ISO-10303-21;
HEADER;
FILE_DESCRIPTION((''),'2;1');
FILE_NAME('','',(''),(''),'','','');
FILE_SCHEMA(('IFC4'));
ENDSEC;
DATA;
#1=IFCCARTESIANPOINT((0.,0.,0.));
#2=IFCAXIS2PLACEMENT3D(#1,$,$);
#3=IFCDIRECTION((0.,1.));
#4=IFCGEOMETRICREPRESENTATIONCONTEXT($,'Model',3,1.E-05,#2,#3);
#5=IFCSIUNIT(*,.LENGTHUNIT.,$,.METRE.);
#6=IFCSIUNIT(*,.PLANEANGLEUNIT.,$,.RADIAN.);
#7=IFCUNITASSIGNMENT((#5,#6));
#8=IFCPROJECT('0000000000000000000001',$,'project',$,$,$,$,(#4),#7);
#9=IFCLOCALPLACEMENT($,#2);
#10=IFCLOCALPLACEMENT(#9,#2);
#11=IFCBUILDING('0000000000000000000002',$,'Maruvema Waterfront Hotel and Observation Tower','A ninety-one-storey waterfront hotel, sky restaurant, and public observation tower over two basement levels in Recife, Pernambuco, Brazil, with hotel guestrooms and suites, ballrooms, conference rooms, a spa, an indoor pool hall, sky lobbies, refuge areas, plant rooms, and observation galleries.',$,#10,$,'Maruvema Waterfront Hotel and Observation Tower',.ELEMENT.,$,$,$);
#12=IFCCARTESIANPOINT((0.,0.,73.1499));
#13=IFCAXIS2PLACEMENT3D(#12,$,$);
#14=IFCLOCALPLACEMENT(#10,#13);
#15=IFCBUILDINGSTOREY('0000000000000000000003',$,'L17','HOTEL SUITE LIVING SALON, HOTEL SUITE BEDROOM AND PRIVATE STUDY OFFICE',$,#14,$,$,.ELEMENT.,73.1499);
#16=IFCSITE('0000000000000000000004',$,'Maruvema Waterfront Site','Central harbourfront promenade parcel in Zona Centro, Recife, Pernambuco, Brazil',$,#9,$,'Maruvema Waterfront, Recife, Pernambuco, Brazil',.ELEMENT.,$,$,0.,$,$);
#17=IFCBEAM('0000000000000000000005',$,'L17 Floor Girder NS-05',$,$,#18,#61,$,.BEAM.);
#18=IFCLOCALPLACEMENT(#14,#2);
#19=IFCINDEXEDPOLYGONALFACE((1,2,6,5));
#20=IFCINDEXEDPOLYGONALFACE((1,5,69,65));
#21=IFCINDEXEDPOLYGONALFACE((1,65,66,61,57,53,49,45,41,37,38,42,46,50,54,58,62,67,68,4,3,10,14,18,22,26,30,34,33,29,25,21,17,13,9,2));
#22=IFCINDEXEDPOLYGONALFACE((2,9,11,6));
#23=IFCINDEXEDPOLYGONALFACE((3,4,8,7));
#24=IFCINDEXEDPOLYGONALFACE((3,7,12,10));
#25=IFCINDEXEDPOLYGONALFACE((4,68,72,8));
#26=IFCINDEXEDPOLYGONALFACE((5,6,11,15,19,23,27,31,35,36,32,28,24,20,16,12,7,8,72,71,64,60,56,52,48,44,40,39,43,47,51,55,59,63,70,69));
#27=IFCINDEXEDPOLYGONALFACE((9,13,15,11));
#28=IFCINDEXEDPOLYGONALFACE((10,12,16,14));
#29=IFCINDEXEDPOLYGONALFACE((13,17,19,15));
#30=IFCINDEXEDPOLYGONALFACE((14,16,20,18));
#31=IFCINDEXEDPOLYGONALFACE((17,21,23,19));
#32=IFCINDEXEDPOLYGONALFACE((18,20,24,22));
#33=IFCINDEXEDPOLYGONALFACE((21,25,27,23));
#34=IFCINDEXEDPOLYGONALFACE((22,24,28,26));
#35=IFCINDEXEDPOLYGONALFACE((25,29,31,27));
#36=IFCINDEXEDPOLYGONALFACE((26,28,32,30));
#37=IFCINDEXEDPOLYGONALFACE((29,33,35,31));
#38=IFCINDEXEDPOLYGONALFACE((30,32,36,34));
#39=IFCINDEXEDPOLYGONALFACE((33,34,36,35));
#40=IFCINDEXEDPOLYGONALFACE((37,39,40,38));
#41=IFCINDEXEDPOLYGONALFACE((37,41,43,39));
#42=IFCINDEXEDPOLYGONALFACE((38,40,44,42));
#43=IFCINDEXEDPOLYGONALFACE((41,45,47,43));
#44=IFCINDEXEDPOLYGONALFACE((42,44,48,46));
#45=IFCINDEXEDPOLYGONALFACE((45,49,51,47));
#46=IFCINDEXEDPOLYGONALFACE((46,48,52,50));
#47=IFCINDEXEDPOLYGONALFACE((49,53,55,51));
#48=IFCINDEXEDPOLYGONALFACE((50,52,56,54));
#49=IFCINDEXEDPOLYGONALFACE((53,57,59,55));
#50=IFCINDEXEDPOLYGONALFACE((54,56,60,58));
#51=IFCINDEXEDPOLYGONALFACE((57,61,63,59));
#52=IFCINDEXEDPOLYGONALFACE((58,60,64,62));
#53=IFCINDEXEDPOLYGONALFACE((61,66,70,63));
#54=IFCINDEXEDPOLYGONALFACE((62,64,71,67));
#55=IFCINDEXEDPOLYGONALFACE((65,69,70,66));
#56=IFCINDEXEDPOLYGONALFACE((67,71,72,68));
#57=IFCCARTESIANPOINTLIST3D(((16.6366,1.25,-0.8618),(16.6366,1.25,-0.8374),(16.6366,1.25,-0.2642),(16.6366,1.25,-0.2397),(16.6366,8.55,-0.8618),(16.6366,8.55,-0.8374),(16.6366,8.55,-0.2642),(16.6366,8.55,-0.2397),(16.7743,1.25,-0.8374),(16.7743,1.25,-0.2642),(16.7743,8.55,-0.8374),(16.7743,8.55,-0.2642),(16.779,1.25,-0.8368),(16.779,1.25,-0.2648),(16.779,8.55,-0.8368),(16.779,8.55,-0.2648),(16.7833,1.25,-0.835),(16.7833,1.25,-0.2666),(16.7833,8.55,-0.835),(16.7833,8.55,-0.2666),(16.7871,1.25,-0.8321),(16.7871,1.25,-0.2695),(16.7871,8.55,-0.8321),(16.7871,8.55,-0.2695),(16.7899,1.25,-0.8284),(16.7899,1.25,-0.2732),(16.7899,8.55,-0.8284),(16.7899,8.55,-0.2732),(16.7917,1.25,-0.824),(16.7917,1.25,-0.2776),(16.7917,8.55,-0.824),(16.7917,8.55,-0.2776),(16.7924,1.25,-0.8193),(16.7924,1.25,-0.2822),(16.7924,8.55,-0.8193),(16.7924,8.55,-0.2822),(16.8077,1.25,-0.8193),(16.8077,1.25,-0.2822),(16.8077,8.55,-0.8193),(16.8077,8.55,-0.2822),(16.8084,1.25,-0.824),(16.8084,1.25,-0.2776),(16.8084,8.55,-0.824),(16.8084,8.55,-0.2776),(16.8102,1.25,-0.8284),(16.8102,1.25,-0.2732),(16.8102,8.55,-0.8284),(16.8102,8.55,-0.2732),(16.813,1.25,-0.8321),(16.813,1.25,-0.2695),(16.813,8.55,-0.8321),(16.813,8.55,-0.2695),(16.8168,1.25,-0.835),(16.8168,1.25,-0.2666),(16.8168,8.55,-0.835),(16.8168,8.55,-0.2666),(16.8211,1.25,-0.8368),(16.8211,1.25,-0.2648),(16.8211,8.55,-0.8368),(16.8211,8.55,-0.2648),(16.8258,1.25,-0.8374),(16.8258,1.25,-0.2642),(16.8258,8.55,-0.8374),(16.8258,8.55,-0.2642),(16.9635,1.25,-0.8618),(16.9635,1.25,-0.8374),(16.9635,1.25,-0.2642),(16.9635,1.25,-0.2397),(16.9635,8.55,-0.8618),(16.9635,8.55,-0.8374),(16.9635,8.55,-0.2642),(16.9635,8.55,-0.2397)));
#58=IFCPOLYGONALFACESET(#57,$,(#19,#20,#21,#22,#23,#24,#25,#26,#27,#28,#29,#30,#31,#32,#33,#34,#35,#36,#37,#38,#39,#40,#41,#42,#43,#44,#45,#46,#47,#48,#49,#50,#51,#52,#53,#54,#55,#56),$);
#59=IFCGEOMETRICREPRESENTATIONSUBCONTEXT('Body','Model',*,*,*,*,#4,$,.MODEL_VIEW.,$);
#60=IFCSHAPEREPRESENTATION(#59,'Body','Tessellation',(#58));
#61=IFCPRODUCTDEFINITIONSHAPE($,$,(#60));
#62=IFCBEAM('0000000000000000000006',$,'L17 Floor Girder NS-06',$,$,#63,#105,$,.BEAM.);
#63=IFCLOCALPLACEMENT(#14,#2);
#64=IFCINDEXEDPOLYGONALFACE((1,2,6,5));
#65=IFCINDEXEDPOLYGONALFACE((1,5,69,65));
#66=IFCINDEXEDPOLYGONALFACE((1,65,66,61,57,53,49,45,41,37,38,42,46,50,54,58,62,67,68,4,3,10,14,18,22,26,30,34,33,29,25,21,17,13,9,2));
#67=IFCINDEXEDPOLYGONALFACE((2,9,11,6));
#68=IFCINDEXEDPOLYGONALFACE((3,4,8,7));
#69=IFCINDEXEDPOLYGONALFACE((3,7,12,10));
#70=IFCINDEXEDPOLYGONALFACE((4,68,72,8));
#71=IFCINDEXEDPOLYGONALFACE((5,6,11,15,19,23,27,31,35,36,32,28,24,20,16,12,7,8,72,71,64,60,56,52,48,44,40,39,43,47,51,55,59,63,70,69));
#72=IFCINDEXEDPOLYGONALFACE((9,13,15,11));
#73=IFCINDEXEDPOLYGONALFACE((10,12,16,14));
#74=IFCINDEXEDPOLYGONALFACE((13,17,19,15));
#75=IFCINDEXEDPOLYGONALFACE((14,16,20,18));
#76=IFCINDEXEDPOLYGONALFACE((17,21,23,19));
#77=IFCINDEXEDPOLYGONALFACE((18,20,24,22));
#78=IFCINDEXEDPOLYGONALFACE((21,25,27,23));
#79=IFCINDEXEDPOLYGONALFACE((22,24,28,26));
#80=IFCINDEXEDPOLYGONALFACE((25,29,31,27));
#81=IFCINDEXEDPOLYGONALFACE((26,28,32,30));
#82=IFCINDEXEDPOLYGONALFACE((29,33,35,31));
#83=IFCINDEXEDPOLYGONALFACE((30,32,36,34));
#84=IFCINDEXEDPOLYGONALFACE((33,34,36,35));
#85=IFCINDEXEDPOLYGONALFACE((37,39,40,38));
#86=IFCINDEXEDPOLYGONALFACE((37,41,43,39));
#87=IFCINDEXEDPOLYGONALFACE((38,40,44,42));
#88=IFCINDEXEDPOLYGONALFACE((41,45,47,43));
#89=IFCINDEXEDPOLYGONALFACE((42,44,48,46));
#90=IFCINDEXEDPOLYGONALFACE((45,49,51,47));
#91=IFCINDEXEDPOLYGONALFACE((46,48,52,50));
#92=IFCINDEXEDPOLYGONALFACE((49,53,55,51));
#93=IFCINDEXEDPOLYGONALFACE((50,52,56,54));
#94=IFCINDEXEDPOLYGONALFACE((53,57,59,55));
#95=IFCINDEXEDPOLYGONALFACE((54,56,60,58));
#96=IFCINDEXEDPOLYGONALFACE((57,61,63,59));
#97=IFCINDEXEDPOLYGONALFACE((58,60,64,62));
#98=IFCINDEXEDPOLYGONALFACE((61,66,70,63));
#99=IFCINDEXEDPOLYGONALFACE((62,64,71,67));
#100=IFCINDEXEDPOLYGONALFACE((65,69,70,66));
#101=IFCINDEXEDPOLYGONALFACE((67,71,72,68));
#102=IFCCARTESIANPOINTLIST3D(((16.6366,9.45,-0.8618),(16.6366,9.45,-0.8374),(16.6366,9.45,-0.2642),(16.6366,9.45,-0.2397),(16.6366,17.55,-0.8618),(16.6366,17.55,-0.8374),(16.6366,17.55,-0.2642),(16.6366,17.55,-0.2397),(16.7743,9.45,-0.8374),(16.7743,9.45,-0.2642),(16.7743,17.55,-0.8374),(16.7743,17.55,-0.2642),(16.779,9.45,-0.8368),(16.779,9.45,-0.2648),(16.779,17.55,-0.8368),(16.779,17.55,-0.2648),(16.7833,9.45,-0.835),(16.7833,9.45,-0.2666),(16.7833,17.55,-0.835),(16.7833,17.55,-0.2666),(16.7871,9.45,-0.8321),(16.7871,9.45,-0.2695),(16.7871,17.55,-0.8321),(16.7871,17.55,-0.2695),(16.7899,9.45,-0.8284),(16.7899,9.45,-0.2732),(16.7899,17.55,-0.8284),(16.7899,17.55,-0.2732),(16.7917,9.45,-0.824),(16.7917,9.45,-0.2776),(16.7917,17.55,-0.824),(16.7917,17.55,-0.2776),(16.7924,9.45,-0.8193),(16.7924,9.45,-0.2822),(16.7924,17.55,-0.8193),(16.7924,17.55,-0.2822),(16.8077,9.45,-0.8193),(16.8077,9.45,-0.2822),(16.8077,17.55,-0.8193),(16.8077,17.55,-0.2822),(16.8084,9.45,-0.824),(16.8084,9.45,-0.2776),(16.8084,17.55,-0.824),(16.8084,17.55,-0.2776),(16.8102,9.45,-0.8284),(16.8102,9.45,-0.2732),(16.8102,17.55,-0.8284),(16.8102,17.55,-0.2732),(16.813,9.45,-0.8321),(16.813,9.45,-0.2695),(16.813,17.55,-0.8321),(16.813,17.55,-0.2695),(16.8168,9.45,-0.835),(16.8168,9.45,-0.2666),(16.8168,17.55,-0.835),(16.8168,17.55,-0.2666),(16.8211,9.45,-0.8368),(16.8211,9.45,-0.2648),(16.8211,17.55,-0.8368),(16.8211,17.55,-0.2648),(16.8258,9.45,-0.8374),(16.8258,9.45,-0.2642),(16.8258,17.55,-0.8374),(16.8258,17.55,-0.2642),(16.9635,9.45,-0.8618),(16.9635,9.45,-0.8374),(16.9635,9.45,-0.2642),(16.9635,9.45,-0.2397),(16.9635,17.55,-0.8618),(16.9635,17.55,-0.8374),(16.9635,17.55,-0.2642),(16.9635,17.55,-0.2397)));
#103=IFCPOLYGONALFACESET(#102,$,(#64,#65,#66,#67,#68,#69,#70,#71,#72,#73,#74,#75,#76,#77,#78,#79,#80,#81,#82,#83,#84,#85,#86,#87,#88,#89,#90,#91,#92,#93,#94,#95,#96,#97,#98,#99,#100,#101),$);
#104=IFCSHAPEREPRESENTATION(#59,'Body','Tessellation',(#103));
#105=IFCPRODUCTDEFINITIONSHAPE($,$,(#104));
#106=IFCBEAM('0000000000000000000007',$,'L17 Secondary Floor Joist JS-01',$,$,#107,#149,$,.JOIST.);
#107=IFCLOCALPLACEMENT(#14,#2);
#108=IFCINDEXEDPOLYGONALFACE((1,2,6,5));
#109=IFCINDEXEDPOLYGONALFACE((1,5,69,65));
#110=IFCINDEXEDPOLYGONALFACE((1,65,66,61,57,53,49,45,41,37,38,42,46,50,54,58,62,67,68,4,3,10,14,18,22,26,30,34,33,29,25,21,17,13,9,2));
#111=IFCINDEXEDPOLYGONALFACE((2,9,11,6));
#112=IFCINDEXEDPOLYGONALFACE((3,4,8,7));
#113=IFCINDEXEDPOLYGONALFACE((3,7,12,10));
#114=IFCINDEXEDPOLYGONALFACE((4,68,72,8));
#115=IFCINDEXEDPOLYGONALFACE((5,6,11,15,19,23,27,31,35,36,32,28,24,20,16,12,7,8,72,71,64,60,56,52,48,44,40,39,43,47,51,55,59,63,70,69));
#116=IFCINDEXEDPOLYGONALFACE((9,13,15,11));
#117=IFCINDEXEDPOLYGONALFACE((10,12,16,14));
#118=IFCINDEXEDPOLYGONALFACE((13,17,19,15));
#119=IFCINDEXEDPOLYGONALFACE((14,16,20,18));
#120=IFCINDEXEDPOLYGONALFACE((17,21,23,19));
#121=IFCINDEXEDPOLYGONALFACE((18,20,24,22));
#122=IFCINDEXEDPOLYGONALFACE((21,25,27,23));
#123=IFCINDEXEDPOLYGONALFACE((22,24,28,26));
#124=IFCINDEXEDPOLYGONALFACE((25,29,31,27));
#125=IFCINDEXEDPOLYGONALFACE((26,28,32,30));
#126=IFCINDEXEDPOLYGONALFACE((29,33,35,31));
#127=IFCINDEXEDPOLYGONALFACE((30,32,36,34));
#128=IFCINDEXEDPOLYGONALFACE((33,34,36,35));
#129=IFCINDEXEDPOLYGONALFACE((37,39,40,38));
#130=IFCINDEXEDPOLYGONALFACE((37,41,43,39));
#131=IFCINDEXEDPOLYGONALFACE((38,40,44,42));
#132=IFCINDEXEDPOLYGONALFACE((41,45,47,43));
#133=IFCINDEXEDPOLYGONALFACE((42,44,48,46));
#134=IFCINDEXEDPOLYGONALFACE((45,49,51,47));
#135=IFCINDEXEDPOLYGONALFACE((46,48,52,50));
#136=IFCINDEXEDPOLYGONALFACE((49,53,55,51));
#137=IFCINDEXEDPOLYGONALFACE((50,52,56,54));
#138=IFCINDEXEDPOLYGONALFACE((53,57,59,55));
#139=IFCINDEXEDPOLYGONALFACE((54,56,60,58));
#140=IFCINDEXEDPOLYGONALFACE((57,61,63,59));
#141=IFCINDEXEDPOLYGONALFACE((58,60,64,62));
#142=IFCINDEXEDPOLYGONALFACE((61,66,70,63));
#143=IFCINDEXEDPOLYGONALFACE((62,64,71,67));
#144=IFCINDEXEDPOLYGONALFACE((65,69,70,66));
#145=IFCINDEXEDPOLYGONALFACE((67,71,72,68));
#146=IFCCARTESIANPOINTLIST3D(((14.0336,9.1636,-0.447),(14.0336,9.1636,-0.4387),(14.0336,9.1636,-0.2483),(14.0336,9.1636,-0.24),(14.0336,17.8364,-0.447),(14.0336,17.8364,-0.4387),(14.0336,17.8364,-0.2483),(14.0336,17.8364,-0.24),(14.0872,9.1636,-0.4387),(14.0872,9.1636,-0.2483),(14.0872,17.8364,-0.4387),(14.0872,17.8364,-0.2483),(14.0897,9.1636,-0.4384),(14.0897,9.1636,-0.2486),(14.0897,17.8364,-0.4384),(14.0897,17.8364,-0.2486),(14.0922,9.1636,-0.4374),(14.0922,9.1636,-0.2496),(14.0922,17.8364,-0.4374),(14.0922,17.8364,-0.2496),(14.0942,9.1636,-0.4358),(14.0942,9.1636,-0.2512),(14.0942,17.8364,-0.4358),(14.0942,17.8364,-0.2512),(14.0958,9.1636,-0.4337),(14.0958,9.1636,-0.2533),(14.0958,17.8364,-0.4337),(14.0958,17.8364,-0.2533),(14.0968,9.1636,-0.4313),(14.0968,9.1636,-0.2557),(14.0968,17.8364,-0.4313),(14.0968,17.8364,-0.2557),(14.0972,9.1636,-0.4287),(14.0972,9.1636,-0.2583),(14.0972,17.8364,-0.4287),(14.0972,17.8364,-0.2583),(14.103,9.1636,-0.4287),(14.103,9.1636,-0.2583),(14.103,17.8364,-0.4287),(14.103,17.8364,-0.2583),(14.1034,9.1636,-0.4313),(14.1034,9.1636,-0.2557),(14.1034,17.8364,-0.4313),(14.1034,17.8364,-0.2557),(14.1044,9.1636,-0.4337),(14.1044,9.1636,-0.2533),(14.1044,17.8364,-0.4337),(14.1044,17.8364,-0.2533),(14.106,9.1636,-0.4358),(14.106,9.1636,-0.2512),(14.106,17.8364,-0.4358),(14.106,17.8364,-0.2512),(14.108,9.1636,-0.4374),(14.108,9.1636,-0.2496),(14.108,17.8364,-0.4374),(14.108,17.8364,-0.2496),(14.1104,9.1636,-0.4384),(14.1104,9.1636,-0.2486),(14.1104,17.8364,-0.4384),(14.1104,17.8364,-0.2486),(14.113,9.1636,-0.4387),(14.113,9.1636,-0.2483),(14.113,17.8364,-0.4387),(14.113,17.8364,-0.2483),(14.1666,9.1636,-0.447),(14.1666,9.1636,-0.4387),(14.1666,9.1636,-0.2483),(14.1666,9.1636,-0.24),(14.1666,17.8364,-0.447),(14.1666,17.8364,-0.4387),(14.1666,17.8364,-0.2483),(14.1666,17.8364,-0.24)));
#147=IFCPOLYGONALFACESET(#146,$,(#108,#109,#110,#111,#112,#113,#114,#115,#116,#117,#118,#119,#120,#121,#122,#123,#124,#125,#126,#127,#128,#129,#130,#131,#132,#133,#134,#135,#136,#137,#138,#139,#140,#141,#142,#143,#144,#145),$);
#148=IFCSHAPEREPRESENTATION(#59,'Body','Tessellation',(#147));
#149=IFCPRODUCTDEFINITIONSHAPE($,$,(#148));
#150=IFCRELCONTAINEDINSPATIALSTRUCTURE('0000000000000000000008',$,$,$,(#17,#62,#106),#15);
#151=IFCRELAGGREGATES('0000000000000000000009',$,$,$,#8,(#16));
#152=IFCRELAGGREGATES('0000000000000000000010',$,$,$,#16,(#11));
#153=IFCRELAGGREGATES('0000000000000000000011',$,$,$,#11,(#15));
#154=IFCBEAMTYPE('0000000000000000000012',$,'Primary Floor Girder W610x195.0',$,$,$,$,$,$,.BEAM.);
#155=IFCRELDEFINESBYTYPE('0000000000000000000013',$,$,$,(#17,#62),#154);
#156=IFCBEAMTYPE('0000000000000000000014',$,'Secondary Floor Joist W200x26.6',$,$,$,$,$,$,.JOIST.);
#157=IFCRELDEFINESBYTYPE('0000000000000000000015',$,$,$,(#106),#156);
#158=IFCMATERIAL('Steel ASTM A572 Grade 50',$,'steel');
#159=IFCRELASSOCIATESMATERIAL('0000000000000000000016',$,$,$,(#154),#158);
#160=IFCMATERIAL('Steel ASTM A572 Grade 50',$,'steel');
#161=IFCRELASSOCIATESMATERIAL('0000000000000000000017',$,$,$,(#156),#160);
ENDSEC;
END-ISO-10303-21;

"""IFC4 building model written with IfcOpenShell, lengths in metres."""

from ifc_helpers import new_model, si_unit, direction, frame, origin, origin_2d, place, context, subcontext, project, spatial, i_section, extrude, material, material_profile, profile_set, type_object, element, save


model = new_model("IFC4")

# Units and contexts
model_context = context("Model", 3, precision=1e-05, world=origin(), true_north=direction((0.0, 1.0)))
body_context = subcontext(model_context, "Body", "Model", "MODEL_VIEW")
ifc_project = project(units=[si_unit("LENGTHUNIT", "METRE"), si_unit("PLANEANGLEUNIT", "RADIAN")], contexts=[model_context])

# Site, building, storey
site_placement = place(None, origin())
site = spatial("IfcSite", under=ifc_project, at=site_placement, Name="Maruvema Waterfront Site", Description="Central harbourfront promenade parcel in Zona Centro, Recife, Pernambuco, Brazil", LongName="Maruvema Waterfront, Recife, Pernambuco, Brazil", CompositionType="ELEMENT", RefElevation=0.0)
building_placement = place(site_placement, origin())
building = spatial("IfcBuilding", under=site, at=building_placement, Name="Maruvema Waterfront Hotel and Observation Tower", Description="A ninety-one-storey waterfront hotel, sky restaurant, and public observation tower over two basement levels in Recife, Pernambuco, Brazil, with hotel guestrooms and suites, ballrooms, conference rooms, a spa, an indoor pool hall, sky lobbies, refuge areas, plant rooms, and observation galleries.", LongName="Maruvema Waterfront Hotel and Observation Tower", CompositionType="ELEMENT")
storey_placement = place(building_placement, frame((0.0, 0.0, 73.1499)))
storey = spatial("IfcBuildingStorey", under=building, at=storey_placement, Name="L17", Description="HOTEL SUITE LIVING SALON, HOTEL SUITE BEDROOM AND PRIVATE STUDY OFFICE", CompositionType="ELEMENT", Elevation=73.1499)

# Beams
ifc_material_1 = material(Name="Steel ASTM A572 Grade 50", Category="steel")
ifc_material_profile_1 = material_profile(ifc_material_1, i_section(OverallWidth=0.3269, OverallDepth=0.6221, WebThickness=0.0154, FlangeThickness=0.0244, FilletRadius=0.0181, at=origin_2d()), Name="W610x195.0")
ifc_profile_set_1 = profile_set([ifc_material_profile_1], Name="Steel ASTM A572 Grade 50")
beam_type_1 = type_object("IfcBeamType", Name="Primary Floor Girder W610x195.0", PredefinedType="BEAM", material=ifc_profile_set_1)
beam_1_placement = place(storey_placement, frame((16.8, 1.25, -0.5508), z_axis=(0.0, 1.0, 0.0), x_axis=(-1.0, 0.0, 0.0)))
element("IfcBeam", 1, at=beam_1_placement, inside=storey, type_object=beam_type_1, Name="L17 Floor Girder NS-05", PredefinedType="BEAM", context=body_context, shape_type="SweptSolid", body=[
    extrude(i_section(OverallWidth=0.3269, OverallDepth=0.6221, WebThickness=0.0154, FlangeThickness=0.0244, FilletRadius=0.0181, at=origin_2d()), origin(), (0.0, 0.0, 1.0), 7.3),
])
beam_2_placement = place(storey_placement, frame((16.8, 9.45, -0.5508), z_axis=(0.0, 1.0, 0.0), x_axis=(-1.0, 0.0, 0.0)))
element("IfcBeam", 2, at=beam_2_placement, inside=storey, type_object=beam_type_1, Name="L17 Floor Girder NS-06", PredefinedType="BEAM", context=body_context, shape_type="SweptSolid", body=[
    extrude(i_section(OverallWidth=0.3269, OverallDepth=0.6221, WebThickness=0.0154, FlangeThickness=0.0244, FilletRadius=0.0181, at=origin_2d()), origin(), (0.0, 0.0, 1.0), 8.1001),
])
ifc_material_2 = material(Name="Steel ASTM A572 Grade 50", Category="steel")
ifc_material_profile_2 = material_profile(ifc_material_2, i_section(OverallWidth=0.1331, OverallDepth=0.207, WebThickness=0.0059, FlangeThickness=0.0083, FilletRadius=0.01, at=origin_2d()), Name="W200x26.6")
ifc_profile_set_2 = profile_set([ifc_material_profile_2], Name="Steel ASTM A572 Grade 50")
beam_type_2 = type_object("IfcBeamType", Name="Secondary Floor Joist W200x26.6", PredefinedType="JOIST", material=ifc_profile_set_2)
beam_3_placement = place(storey_placement, frame((14.1001, 9.1636, -0.3435), z_axis=(0.0, 1.0, 0.0), x_axis=(-1.0, 0.0, 0.0)))
element("IfcBeam", 3, at=beam_3_placement, inside=storey, type_object=beam_type_2, Name="L17 Secondary Floor Joist JS-01", PredefinedType="JOIST", context=body_context, shape_type="SweptSolid", body=[
    extrude(i_section(OverallWidth=0.1331, OverallDepth=0.207, WebThickness=0.0059, FlangeThickness=0.0083, FilletRadius=0.01, at=origin_2d()), origin(), (0.0, 0.0, 1.0), 8.6729),
])

save(model, "model.ifc")
